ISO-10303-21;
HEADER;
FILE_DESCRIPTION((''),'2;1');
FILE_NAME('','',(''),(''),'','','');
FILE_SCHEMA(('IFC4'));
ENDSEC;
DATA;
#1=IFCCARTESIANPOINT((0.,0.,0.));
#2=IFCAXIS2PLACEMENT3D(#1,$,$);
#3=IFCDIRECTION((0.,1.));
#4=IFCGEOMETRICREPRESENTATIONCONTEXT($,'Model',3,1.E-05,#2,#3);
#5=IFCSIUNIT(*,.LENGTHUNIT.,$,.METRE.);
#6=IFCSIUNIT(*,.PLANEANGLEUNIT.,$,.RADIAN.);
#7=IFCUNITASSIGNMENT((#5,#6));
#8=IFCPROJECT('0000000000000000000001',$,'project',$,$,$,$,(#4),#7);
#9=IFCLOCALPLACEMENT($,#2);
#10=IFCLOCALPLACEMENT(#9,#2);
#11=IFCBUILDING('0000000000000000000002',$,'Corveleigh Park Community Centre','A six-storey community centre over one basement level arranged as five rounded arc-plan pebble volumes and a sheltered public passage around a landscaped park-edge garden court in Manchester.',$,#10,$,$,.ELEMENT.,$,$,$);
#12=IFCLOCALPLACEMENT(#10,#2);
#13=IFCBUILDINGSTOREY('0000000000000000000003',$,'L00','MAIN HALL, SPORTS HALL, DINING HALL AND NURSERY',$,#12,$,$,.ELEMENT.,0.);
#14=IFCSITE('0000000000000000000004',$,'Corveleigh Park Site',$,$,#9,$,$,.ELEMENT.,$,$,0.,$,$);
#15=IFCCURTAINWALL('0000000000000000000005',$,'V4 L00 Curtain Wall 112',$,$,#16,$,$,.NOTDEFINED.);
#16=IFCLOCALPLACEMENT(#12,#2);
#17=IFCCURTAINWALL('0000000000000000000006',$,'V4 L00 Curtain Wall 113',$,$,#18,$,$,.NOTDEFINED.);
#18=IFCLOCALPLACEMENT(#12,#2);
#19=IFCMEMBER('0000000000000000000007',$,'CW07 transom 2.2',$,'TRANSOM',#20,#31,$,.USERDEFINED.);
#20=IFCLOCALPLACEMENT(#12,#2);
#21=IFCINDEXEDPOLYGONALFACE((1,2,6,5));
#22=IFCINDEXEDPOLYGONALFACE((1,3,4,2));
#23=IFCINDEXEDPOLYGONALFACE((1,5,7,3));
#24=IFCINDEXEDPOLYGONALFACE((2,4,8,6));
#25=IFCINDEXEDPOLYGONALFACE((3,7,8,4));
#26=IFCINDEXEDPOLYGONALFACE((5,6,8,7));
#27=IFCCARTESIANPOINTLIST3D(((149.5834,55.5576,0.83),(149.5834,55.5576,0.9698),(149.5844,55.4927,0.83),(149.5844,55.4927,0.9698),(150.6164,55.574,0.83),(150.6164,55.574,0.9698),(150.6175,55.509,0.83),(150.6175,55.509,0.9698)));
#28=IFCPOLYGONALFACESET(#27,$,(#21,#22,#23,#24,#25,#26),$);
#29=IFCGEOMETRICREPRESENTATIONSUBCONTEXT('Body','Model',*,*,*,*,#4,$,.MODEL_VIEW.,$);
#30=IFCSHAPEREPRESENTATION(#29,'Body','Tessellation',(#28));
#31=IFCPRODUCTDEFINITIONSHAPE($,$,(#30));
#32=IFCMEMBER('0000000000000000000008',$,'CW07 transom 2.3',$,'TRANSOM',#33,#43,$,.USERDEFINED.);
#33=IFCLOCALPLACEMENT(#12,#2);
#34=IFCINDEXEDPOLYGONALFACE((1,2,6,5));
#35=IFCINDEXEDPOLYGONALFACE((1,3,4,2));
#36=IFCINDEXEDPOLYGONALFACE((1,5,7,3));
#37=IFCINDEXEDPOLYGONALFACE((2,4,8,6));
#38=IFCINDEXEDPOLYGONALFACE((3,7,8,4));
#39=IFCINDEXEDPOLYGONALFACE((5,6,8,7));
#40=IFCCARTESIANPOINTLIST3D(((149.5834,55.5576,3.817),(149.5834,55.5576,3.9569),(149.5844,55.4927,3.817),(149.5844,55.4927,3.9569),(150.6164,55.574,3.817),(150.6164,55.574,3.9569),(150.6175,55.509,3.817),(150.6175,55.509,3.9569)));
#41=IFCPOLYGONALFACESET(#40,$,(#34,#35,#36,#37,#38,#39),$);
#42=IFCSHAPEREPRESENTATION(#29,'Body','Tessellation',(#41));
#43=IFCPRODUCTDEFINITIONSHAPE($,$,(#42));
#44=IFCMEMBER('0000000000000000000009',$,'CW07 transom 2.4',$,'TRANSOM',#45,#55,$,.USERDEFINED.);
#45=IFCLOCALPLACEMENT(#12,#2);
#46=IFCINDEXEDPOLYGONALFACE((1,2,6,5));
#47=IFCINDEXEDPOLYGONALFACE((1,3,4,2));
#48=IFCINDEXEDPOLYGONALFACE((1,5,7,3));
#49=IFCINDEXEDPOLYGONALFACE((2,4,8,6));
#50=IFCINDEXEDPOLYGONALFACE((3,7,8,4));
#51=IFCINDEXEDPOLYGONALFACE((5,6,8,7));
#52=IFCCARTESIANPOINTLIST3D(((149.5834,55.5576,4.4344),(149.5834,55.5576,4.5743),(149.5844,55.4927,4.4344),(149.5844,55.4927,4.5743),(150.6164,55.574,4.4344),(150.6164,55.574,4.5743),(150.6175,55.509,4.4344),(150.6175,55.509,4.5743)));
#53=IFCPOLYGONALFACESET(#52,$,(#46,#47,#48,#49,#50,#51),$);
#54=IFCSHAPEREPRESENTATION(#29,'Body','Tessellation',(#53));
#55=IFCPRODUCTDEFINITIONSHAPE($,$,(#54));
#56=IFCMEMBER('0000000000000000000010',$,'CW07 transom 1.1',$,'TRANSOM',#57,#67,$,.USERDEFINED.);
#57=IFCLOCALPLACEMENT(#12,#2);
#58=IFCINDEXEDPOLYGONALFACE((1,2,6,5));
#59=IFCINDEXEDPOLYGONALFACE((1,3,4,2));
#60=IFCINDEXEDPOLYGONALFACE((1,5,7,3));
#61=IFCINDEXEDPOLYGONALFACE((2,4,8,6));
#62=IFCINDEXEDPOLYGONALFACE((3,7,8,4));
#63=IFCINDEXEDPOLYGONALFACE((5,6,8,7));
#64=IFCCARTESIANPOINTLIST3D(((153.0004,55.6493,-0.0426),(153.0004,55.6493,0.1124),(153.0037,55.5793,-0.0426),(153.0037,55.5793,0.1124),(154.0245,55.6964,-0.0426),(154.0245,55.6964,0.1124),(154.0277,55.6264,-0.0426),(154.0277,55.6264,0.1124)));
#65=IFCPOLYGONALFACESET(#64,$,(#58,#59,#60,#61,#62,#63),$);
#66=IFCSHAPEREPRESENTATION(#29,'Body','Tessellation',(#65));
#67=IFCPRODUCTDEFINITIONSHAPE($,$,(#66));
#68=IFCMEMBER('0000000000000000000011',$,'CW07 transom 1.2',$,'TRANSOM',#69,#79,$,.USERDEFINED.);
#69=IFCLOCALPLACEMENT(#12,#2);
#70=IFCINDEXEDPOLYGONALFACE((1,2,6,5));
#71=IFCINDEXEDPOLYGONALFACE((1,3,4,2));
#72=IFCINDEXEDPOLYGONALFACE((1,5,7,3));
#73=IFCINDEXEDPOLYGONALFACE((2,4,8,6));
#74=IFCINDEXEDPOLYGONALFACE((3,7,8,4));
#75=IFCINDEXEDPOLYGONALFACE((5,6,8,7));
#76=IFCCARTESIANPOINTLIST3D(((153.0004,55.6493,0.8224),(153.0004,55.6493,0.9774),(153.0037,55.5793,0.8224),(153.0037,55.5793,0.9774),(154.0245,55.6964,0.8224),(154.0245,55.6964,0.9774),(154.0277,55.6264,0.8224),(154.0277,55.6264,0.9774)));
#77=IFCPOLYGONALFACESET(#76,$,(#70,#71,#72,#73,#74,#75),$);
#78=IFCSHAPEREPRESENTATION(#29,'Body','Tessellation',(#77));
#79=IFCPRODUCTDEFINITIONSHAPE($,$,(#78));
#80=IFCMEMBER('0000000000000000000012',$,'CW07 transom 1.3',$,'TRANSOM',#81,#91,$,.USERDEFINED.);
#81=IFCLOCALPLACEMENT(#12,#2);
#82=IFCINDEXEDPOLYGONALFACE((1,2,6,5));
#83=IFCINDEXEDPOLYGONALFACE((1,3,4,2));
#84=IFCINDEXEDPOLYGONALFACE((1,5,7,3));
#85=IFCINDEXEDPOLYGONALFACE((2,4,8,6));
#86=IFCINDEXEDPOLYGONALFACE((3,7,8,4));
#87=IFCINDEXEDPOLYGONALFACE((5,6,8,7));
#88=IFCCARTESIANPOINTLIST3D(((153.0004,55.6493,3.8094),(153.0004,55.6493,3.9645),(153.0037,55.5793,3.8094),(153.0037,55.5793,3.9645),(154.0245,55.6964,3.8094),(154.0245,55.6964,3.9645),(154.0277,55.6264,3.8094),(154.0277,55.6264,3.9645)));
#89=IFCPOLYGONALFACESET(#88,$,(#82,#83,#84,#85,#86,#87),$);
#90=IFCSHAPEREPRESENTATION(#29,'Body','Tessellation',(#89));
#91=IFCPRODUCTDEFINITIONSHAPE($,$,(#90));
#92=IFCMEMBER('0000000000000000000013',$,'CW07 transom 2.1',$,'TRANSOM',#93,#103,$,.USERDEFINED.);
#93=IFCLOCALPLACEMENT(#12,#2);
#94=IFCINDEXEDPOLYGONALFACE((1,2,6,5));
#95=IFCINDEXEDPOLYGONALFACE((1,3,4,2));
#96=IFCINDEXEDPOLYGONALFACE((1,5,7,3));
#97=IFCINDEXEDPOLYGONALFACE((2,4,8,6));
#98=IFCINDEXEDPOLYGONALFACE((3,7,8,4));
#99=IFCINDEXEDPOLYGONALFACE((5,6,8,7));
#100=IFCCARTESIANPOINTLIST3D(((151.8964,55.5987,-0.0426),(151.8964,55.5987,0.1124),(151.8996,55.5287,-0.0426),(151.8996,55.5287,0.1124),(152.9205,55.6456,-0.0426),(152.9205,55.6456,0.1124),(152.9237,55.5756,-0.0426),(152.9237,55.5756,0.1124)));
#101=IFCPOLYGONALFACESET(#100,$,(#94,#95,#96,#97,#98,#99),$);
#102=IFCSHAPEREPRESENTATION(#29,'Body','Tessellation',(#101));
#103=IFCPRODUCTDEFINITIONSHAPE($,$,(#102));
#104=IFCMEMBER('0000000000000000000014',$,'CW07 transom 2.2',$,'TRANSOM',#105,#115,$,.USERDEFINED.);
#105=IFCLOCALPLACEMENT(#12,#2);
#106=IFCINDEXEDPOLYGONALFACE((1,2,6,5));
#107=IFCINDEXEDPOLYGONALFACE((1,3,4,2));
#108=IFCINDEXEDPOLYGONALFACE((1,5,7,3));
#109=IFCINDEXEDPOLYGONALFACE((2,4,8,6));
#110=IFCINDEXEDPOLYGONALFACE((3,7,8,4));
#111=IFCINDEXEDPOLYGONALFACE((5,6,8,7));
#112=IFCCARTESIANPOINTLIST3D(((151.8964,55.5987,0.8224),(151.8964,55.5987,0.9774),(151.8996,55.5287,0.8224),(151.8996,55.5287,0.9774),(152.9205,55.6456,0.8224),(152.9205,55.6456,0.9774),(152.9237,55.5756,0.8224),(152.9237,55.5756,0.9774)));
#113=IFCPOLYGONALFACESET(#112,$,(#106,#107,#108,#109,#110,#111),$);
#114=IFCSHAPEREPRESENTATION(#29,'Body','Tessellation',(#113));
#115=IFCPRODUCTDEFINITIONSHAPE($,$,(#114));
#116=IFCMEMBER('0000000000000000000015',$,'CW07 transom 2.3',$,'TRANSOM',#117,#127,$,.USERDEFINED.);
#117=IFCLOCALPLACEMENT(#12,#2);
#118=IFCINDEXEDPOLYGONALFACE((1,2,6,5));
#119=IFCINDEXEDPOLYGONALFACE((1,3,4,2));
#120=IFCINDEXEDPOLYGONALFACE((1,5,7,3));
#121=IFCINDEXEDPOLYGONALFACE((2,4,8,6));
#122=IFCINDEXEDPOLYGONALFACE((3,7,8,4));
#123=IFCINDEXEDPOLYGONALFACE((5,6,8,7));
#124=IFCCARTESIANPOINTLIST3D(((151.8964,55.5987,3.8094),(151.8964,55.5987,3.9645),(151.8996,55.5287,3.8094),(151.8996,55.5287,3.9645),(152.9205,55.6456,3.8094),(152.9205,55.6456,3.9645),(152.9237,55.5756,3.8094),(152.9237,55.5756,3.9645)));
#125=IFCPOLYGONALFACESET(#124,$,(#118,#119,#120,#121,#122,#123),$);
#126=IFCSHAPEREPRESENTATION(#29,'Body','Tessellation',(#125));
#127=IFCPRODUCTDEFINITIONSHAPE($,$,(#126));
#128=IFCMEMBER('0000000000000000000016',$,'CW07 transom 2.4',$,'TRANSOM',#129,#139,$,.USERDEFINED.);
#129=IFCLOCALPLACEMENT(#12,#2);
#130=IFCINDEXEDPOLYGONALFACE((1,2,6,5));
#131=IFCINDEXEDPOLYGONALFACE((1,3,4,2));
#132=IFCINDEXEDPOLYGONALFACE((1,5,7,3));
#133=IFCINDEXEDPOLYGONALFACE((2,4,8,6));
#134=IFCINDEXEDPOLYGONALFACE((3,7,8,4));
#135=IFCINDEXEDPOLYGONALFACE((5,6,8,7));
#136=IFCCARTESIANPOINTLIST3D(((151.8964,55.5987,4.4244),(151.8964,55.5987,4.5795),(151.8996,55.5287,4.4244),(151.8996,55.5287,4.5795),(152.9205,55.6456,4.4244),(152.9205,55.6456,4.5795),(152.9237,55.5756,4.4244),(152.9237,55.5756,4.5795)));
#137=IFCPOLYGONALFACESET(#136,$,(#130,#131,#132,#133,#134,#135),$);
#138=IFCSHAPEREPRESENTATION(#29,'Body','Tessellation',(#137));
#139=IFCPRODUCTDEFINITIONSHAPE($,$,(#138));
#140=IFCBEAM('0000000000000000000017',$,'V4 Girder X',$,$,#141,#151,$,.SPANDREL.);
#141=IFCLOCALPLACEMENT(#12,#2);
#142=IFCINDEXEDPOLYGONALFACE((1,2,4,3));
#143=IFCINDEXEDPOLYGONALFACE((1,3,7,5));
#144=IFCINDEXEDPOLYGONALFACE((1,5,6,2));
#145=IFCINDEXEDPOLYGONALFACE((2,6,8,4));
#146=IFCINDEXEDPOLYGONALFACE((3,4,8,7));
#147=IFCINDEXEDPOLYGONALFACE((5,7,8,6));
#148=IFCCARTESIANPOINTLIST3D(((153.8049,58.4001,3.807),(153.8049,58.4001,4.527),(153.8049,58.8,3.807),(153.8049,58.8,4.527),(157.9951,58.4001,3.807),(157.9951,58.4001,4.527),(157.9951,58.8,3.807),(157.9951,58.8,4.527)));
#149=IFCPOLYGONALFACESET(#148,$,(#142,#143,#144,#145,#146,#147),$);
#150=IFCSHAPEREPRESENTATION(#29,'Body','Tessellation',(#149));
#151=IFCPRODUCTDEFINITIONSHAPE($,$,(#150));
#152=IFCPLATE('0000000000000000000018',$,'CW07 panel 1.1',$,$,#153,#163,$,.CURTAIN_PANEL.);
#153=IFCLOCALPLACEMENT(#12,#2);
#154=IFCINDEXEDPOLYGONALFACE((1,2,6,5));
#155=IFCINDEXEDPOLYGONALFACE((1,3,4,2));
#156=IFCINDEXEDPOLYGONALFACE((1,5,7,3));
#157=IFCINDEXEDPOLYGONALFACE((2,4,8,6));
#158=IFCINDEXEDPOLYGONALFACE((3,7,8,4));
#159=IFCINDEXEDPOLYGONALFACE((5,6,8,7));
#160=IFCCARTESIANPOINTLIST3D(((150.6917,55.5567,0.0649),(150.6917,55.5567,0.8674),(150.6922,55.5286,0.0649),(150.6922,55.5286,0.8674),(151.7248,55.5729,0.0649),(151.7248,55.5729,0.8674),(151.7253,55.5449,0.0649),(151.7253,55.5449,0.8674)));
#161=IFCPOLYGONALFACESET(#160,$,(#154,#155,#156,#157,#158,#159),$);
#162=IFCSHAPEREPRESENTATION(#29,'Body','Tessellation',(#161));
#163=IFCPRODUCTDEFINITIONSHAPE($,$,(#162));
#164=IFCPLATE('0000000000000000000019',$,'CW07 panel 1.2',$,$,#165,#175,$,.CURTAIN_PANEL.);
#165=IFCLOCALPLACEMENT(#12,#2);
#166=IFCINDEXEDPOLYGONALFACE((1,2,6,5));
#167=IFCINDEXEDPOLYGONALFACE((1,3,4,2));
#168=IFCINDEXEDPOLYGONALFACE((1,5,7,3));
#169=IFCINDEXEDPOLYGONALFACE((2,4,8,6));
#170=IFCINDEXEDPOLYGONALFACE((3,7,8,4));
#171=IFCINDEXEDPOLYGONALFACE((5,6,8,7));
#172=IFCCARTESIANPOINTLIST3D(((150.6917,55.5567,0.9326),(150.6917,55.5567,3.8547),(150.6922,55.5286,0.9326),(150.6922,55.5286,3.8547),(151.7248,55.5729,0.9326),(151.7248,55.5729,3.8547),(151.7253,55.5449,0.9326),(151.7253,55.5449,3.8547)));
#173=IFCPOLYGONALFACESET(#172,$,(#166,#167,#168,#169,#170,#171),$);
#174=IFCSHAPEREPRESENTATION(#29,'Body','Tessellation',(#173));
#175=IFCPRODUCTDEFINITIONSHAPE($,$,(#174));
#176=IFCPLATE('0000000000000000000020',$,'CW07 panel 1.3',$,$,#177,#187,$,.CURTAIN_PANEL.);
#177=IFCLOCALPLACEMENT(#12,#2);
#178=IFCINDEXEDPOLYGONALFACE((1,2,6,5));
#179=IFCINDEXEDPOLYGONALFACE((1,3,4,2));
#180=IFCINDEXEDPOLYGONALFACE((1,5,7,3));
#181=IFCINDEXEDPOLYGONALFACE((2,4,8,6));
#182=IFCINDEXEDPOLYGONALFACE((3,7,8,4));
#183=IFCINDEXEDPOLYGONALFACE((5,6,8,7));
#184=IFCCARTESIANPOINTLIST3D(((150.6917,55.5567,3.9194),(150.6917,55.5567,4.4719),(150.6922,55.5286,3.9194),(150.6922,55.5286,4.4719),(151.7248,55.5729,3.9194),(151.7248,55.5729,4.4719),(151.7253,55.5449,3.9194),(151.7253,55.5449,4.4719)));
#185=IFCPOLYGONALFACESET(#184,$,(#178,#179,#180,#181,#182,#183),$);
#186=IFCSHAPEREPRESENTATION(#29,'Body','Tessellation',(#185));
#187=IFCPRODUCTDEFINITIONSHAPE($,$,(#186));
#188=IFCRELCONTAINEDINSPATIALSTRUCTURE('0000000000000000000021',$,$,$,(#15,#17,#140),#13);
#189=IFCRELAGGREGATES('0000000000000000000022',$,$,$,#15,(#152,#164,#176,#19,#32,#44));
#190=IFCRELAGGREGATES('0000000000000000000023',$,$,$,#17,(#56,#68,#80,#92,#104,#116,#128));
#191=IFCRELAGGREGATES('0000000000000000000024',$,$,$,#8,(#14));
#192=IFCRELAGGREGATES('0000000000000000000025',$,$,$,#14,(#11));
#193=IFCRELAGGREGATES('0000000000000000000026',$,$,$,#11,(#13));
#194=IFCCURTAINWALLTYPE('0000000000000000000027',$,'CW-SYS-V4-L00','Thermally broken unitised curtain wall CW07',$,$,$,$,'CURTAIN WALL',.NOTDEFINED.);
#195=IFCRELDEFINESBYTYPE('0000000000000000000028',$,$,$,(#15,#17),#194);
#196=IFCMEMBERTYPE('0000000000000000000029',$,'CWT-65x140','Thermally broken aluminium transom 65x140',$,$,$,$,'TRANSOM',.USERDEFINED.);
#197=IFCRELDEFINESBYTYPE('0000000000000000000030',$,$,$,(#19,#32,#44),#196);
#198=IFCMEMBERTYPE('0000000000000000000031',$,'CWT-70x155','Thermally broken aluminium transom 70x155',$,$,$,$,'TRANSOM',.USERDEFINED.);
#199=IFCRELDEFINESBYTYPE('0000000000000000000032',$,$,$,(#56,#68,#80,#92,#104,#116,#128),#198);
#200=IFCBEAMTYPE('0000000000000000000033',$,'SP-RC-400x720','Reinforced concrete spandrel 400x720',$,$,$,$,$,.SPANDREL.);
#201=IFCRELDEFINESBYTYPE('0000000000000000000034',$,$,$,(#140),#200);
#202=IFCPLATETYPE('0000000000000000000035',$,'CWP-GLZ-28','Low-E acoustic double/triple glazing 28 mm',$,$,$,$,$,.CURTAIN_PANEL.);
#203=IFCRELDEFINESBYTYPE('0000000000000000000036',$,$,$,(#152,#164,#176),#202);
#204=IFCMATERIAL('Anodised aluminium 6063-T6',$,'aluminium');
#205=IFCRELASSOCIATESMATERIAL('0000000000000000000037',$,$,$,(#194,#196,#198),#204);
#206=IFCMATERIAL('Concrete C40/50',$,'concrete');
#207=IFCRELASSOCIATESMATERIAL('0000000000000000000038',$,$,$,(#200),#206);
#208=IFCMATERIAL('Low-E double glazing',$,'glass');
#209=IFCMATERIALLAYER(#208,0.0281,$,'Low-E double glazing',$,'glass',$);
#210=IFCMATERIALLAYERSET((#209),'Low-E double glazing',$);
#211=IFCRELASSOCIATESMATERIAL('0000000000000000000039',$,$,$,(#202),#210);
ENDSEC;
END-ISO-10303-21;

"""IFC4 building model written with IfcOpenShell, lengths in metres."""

from ifc_helpers import new_model, si_unit, direction, frame, origin, origin_2d, place, context, subcontext, project, spatial, rectangle, extrude, material, layer, layer_set, material_profile, profile_set, type_object, element, aggregate, save


model = new_model("IFC4")

# Units and contexts
model_context = context("Model", 3, precision=1e-05, world=origin(), true_north=direction((0.0, 1.0)))
body_context = subcontext(model_context, "Body", "Model", "MODEL_VIEW")
ifc_project = project(units=[si_unit("LENGTHUNIT", "METRE"), si_unit("PLANEANGLEUNIT", "RADIAN")], contexts=[model_context])

# Site, building, storey
site_placement = place(None, origin())
site = spatial("IfcSite", under=ifc_project, at=site_placement, Name="Corveleigh Park Site", CompositionType="ELEMENT", RefElevation=0.0)
building_placement = place(site_placement, origin())
building = spatial("IfcBuilding", under=site, at=building_placement, Name="Corveleigh Park Community Centre", Description="A six-storey community centre over one basement level arranged as five rounded arc-plan pebble volumes and a sheltered public passage around a landscaped park-edge garden court in Manchester.", CompositionType="ELEMENT")
storey_placement = place(building_placement, origin())
storey = spatial("IfcBuildingStorey", under=building, at=storey_placement, Name="L00", Description="MAIN HALL, SPORTS HALL, DINING HALL AND NURSERY", CompositionType="ELEMENT", Elevation=0.0)

# Curtain walls
ifc_material_1 = material(Name="Anodised aluminium 6063-T6", Category="aluminium")
curtain_wall_type = type_object("IfcCurtainWallType", Name="CW-SYS-V4-L00", Description="Thermally broken unitised curtain wall CW07", ElementType="CURTAIN WALL", PredefinedType="NOTDEFINED", material=ifc_material_1)
curtain_wall_1_placement = place(storey_placement, origin())
curtain_wall_1 = element("IfcCurtainWall", 1, at=curtain_wall_1_placement, inside=storey, type_object=curtain_wall_type, Name="V4 L00 Curtain Wall 112", PredefinedType="NOTDEFINED")
curtain_wall_2_placement = place(storey_placement, origin())
curtain_wall_2 = element("IfcCurtainWall", 2, at=curtain_wall_2_placement, inside=storey, type_object=curtain_wall_type, Name="V4 L00 Curtain Wall 113", PredefinedType="NOTDEFINED")

# Members
ifc_material_profile_1 = material_profile(ifc_material_1, rectangle(XDim=0.0649, YDim=0.1399, at=origin_2d()), Name="ALU-T65x140", Category="aluminium")
ifc_profile_set_1 = profile_set([ifc_material_profile_1], Name="Anodised aluminium 6063-T6")
member_type_1 = type_object("IfcMemberType", Name="CWT-65x140", Description="Thermally broken aluminium transom 65x140", ElementType="TRANSOM", PredefinedType="USERDEFINED", material=ifc_profile_set_1)
member_1_placement = place(storey_placement, frame((150.6169, 55.5415, 0.8999), z_axis=(-0.999875, -0.015834, 0.0), x_axis=(0.015834, -0.999875, 0.0)))
member_1 = element("IfcMember", 3, at=member_1_placement, type_object=member_type_1, Name="CW07 transom 2.2", ObjectType="TRANSOM", PredefinedType="USERDEFINED", context=body_context, shape_type="SweptSolid", body=[
    extrude(rectangle(XDim=0.0649, YDim=0.1399, at=origin_2d()), origin(), (0.0, 0.0, 1.0), 1.0332),
])
member_2_placement = place(storey_placement, frame((150.6169, 55.5415, 3.887), z_axis=(-0.999875, -0.015834, 0.0), x_axis=(0.015834, -0.999875, 0.0)))
member_2 = element("IfcMember", 4, at=member_2_placement, type_object=member_type_1, Name="CW07 transom 2.3", ObjectType="TRANSOM", PredefinedType="USERDEFINED", context=body_context, shape_type="SweptSolid", body=[
    extrude(rectangle(XDim=0.0649, YDim=0.1399, at=origin_2d()), origin(), (0.0, 0.0, 1.0), 1.0332),
])
member_3_placement = place(storey_placement, frame((150.6169, 55.5415, 4.5044), z_axis=(-0.999875, -0.015834, 0.0), x_axis=(0.015834, -0.999875, 0.0)))
member_3 = element("IfcMember", 5, at=member_3_placement, type_object=member_type_1, Name="CW07 transom 2.4", ObjectType="TRANSOM", PredefinedType="USERDEFINED", context=body_context, shape_type="SweptSolid", body=[
    extrude(rectangle(XDim=0.0649, YDim=0.1399, at=origin_2d()), origin(), (0.0, 0.0, 1.0), 1.0332),
])
ifc_material_profile_2 = material_profile(ifc_material_1, rectangle(XDim=0.0701, YDim=0.155, at=origin_2d()), Name="ALU-T70x155", Category="aluminium")
ifc_profile_set_2 = profile_set([ifc_material_profile_2], Name="Anodised aluminium 6063-T6")
member_type_2 = type_object("IfcMemberType", Name="CWT-70x155", Description="Thermally broken aluminium transom 70x155", ElementType="TRANSOM", PredefinedType="USERDEFINED", material=ifc_profile_set_2)
member_4_placement = place(storey_placement, frame((154.0261, 55.6614, 0.0349), z_axis=(-0.998943, -0.045959, 0.0), x_axis=(0.045959, -0.998943, 0.0)))
member_4 = element("IfcMember", 6, at=member_4_placement, type_object=member_type_2, Name="CW07 transom 1.1", ObjectType="TRANSOM", PredefinedType="USERDEFINED", context=body_context, shape_type="SweptSolid", body=[
    extrude(rectangle(XDim=0.0701, YDim=0.155, at=origin_2d()), origin(), (0.0, 0.0, 1.0), 1.0251),
])
member_5_placement = place(storey_placement, frame((154.0261, 55.6614, 0.8999), z_axis=(-0.998943, -0.045959, 0.0), x_axis=(0.045959, -0.998943, 0.0)))
member_5 = element("IfcMember", 7, at=member_5_placement, type_object=member_type_2, Name="CW07 transom 1.2", ObjectType="TRANSOM", PredefinedType="USERDEFINED", context=body_context, shape_type="SweptSolid", body=[
    extrude(rectangle(XDim=0.0701, YDim=0.155, at=origin_2d()), origin(), (0.0, 0.0, 1.0), 1.0251),
])
member_6_placement = place(storey_placement, frame((154.0261, 55.6614, 3.887), z_axis=(-0.998943, -0.045959, 0.0), x_axis=(0.045959, -0.998943, 0.0)))
member_6 = element("IfcMember", 8, at=member_6_placement, type_object=member_type_2, Name="CW07 transom 1.3", ObjectType="TRANSOM", PredefinedType="USERDEFINED", context=body_context, shape_type="SweptSolid", body=[
    extrude(rectangle(XDim=0.0701, YDim=0.155, at=origin_2d()), origin(), (0.0, 0.0, 1.0), 1.0251),
])
member_7_placement = place(storey_placement, frame((152.9221, 55.6106, 0.0349), z_axis=(-0.998954, -0.045721, 0.0), x_axis=(0.045721, -0.998954, 0.0)))
member_7 = element("IfcMember", 9, at=member_7_placement, type_object=member_type_2, Name="CW07 transom 2.1", ObjectType="TRANSOM", PredefinedType="USERDEFINED", context=body_context, shape_type="SweptSolid", body=[
    extrude(rectangle(XDim=0.0701, YDim=0.155, at=origin_2d()), origin(), (0.0, 0.0, 1.0), 1.0251),
])
member_8_placement = place(storey_placement, frame((152.9221, 55.6106, 0.8999), z_axis=(-0.998954, -0.045721, 0.0), x_axis=(0.045721, -0.998954, 0.0)))
member_8 = element("IfcMember", 10, at=member_8_placement, type_object=member_type_2, Name="CW07 transom 2.2", ObjectType="TRANSOM", PredefinedType="USERDEFINED", context=body_context, shape_type="SweptSolid", body=[
    extrude(rectangle(XDim=0.0701, YDim=0.155, at=origin_2d()), origin(), (0.0, 0.0, 1.0), 1.0251),
])
member_9_placement = place(storey_placement, frame((152.9221, 55.6106, 3.887), z_axis=(-0.998954, -0.045721, 0.0), x_axis=(0.045721, -0.998954, 0.0)))
member_9 = element("IfcMember", 11, at=member_9_placement, type_object=member_type_2, Name="CW07 transom 2.3", ObjectType="TRANSOM", PredefinedType="USERDEFINED", context=body_context, shape_type="SweptSolid", body=[
    extrude(rectangle(XDim=0.0701, YDim=0.155, at=origin_2d()), origin(), (0.0, 0.0, 1.0), 1.0251),
])
member_10_placement = place(storey_placement, frame((152.9221, 55.6106, 4.502), z_axis=(-0.998954, -0.045721, 0.0), x_axis=(0.045721, -0.998954, 0.0)))
member_10 = element("IfcMember", 12, at=member_10_placement, type_object=member_type_2, Name="CW07 transom 2.4", ObjectType="TRANSOM", PredefinedType="USERDEFINED", context=body_context, shape_type="SweptSolid", body=[
    extrude(rectangle(XDim=0.0701, YDim=0.155, at=origin_2d()), origin(), (0.0, 0.0, 1.0), 1.0251),
])

# Beam
ifc_material_2 = material(Name="Concrete C40/50", Category="concrete")
ifc_material_profile_3 = material_profile(ifc_material_2, rectangle(XDim=0.3999, YDim=0.72, at=origin_2d()), Name="RC-400x720", Category="concrete")
ifc_profile_set_3 = profile_set([ifc_material_profile_3], Name="Concrete C40/50")
beam_type_1 = type_object("IfcBeamType", Name="SP-RC-400x720", Description="Reinforced concrete spandrel 400x720", PredefinedType="SPANDREL", material=ifc_profile_set_3)
beam_1_placement = place(storey_placement, frame((153.8049, 58.6001, 4.167), z_axis=(1.0, 0.0, 0.0), x_axis=(0.0, 1.0, 0.0)))
element("IfcBeam", 13, at=beam_1_placement, inside=storey, type_object=beam_type_1, Name="V4 Girder X", PredefinedType="SPANDREL", context=body_context, shape_type="SweptSolid", body=[
    extrude(rectangle(XDim=0.3999, YDim=0.72, at=origin_2d()), origin(), (0.0, 0.0, 1.0), 4.1902),
])

# Plates
ifc_material_3 = material(Name="Low-E double glazing", Category="glass")
ifc_layer_1 = layer(ifc_material_3, 0.0281, Name="Low-E double glazing", Category="glass")
ifc_layer_set_1 = layer_set([ifc_layer_1], Name="Low-E double glazing")
plate_type_1 = type_object("IfcPlateType", Name="CWP-GLZ-28", Description="Low-E acoustic double/triple glazing 28 mm", PredefinedType="CURTAIN_PANEL", material=ifc_layer_set_1)
plate_1_placement = place(storey_placement, frame((151.2085, 55.5508, 0.0649), z_axis=(0.0, 0.0, 1.0), x_axis=(-0.999877, -0.015712, 0.0)))
plate_1 = element("IfcPlate", 14, at=plate_1_placement, type_object=plate_type_1, Name="CW07 panel 1.1", PredefinedType="CURTAIN_PANEL", context=body_context, shape_type="SweptSolid", body=[
    extrude(rectangle(XDim=1.0332, YDim=0.0281, at=origin_2d()), origin(), (0.0, 0.0, 1.0), 0.8025),
])
plate_2_placement = place(storey_placement, frame((151.2085, 55.5508, 0.9326), z_axis=(0.0, 0.0, 1.0), x_axis=(-0.999877, -0.015712, 0.0)))
plate_2 = element("IfcPlate", 15, at=plate_2_placement, type_object=plate_type_1, Name="CW07 panel 1.2", PredefinedType="CURTAIN_PANEL", context=body_context, shape_type="SweptSolid", body=[
    extrude(rectangle(XDim=1.0332, YDim=0.0281, at=origin_2d()), origin(), (0.0, 0.0, 1.0), 2.9221),
])
plate_3_placement = place(storey_placement, frame((151.2085, 55.5508, 3.9194), z_axis=(0.0, 0.0, 1.0), x_axis=(-0.999877, -0.015712, 0.0)))
plate_3 = element("IfcPlate", 16, at=plate_3_placement, type_object=plate_type_1, Name="CW07 panel 1.3", PredefinedType="CURTAIN_PANEL", context=body_context, shape_type="SweptSolid", body=[
    extrude(rectangle(XDim=1.0332, YDim=0.0281, at=origin_2d()), origin(), (0.0, 0.0, 1.0), 0.5525),
])
aggregate(curtain_wall_1, [plate_1, plate_2, plate_3, member_1, member_2, member_3])
aggregate(curtain_wall_2, [member_4, member_5, member_6, member_7, member_8, member_9, member_10])

save(model, "model.ifc")
